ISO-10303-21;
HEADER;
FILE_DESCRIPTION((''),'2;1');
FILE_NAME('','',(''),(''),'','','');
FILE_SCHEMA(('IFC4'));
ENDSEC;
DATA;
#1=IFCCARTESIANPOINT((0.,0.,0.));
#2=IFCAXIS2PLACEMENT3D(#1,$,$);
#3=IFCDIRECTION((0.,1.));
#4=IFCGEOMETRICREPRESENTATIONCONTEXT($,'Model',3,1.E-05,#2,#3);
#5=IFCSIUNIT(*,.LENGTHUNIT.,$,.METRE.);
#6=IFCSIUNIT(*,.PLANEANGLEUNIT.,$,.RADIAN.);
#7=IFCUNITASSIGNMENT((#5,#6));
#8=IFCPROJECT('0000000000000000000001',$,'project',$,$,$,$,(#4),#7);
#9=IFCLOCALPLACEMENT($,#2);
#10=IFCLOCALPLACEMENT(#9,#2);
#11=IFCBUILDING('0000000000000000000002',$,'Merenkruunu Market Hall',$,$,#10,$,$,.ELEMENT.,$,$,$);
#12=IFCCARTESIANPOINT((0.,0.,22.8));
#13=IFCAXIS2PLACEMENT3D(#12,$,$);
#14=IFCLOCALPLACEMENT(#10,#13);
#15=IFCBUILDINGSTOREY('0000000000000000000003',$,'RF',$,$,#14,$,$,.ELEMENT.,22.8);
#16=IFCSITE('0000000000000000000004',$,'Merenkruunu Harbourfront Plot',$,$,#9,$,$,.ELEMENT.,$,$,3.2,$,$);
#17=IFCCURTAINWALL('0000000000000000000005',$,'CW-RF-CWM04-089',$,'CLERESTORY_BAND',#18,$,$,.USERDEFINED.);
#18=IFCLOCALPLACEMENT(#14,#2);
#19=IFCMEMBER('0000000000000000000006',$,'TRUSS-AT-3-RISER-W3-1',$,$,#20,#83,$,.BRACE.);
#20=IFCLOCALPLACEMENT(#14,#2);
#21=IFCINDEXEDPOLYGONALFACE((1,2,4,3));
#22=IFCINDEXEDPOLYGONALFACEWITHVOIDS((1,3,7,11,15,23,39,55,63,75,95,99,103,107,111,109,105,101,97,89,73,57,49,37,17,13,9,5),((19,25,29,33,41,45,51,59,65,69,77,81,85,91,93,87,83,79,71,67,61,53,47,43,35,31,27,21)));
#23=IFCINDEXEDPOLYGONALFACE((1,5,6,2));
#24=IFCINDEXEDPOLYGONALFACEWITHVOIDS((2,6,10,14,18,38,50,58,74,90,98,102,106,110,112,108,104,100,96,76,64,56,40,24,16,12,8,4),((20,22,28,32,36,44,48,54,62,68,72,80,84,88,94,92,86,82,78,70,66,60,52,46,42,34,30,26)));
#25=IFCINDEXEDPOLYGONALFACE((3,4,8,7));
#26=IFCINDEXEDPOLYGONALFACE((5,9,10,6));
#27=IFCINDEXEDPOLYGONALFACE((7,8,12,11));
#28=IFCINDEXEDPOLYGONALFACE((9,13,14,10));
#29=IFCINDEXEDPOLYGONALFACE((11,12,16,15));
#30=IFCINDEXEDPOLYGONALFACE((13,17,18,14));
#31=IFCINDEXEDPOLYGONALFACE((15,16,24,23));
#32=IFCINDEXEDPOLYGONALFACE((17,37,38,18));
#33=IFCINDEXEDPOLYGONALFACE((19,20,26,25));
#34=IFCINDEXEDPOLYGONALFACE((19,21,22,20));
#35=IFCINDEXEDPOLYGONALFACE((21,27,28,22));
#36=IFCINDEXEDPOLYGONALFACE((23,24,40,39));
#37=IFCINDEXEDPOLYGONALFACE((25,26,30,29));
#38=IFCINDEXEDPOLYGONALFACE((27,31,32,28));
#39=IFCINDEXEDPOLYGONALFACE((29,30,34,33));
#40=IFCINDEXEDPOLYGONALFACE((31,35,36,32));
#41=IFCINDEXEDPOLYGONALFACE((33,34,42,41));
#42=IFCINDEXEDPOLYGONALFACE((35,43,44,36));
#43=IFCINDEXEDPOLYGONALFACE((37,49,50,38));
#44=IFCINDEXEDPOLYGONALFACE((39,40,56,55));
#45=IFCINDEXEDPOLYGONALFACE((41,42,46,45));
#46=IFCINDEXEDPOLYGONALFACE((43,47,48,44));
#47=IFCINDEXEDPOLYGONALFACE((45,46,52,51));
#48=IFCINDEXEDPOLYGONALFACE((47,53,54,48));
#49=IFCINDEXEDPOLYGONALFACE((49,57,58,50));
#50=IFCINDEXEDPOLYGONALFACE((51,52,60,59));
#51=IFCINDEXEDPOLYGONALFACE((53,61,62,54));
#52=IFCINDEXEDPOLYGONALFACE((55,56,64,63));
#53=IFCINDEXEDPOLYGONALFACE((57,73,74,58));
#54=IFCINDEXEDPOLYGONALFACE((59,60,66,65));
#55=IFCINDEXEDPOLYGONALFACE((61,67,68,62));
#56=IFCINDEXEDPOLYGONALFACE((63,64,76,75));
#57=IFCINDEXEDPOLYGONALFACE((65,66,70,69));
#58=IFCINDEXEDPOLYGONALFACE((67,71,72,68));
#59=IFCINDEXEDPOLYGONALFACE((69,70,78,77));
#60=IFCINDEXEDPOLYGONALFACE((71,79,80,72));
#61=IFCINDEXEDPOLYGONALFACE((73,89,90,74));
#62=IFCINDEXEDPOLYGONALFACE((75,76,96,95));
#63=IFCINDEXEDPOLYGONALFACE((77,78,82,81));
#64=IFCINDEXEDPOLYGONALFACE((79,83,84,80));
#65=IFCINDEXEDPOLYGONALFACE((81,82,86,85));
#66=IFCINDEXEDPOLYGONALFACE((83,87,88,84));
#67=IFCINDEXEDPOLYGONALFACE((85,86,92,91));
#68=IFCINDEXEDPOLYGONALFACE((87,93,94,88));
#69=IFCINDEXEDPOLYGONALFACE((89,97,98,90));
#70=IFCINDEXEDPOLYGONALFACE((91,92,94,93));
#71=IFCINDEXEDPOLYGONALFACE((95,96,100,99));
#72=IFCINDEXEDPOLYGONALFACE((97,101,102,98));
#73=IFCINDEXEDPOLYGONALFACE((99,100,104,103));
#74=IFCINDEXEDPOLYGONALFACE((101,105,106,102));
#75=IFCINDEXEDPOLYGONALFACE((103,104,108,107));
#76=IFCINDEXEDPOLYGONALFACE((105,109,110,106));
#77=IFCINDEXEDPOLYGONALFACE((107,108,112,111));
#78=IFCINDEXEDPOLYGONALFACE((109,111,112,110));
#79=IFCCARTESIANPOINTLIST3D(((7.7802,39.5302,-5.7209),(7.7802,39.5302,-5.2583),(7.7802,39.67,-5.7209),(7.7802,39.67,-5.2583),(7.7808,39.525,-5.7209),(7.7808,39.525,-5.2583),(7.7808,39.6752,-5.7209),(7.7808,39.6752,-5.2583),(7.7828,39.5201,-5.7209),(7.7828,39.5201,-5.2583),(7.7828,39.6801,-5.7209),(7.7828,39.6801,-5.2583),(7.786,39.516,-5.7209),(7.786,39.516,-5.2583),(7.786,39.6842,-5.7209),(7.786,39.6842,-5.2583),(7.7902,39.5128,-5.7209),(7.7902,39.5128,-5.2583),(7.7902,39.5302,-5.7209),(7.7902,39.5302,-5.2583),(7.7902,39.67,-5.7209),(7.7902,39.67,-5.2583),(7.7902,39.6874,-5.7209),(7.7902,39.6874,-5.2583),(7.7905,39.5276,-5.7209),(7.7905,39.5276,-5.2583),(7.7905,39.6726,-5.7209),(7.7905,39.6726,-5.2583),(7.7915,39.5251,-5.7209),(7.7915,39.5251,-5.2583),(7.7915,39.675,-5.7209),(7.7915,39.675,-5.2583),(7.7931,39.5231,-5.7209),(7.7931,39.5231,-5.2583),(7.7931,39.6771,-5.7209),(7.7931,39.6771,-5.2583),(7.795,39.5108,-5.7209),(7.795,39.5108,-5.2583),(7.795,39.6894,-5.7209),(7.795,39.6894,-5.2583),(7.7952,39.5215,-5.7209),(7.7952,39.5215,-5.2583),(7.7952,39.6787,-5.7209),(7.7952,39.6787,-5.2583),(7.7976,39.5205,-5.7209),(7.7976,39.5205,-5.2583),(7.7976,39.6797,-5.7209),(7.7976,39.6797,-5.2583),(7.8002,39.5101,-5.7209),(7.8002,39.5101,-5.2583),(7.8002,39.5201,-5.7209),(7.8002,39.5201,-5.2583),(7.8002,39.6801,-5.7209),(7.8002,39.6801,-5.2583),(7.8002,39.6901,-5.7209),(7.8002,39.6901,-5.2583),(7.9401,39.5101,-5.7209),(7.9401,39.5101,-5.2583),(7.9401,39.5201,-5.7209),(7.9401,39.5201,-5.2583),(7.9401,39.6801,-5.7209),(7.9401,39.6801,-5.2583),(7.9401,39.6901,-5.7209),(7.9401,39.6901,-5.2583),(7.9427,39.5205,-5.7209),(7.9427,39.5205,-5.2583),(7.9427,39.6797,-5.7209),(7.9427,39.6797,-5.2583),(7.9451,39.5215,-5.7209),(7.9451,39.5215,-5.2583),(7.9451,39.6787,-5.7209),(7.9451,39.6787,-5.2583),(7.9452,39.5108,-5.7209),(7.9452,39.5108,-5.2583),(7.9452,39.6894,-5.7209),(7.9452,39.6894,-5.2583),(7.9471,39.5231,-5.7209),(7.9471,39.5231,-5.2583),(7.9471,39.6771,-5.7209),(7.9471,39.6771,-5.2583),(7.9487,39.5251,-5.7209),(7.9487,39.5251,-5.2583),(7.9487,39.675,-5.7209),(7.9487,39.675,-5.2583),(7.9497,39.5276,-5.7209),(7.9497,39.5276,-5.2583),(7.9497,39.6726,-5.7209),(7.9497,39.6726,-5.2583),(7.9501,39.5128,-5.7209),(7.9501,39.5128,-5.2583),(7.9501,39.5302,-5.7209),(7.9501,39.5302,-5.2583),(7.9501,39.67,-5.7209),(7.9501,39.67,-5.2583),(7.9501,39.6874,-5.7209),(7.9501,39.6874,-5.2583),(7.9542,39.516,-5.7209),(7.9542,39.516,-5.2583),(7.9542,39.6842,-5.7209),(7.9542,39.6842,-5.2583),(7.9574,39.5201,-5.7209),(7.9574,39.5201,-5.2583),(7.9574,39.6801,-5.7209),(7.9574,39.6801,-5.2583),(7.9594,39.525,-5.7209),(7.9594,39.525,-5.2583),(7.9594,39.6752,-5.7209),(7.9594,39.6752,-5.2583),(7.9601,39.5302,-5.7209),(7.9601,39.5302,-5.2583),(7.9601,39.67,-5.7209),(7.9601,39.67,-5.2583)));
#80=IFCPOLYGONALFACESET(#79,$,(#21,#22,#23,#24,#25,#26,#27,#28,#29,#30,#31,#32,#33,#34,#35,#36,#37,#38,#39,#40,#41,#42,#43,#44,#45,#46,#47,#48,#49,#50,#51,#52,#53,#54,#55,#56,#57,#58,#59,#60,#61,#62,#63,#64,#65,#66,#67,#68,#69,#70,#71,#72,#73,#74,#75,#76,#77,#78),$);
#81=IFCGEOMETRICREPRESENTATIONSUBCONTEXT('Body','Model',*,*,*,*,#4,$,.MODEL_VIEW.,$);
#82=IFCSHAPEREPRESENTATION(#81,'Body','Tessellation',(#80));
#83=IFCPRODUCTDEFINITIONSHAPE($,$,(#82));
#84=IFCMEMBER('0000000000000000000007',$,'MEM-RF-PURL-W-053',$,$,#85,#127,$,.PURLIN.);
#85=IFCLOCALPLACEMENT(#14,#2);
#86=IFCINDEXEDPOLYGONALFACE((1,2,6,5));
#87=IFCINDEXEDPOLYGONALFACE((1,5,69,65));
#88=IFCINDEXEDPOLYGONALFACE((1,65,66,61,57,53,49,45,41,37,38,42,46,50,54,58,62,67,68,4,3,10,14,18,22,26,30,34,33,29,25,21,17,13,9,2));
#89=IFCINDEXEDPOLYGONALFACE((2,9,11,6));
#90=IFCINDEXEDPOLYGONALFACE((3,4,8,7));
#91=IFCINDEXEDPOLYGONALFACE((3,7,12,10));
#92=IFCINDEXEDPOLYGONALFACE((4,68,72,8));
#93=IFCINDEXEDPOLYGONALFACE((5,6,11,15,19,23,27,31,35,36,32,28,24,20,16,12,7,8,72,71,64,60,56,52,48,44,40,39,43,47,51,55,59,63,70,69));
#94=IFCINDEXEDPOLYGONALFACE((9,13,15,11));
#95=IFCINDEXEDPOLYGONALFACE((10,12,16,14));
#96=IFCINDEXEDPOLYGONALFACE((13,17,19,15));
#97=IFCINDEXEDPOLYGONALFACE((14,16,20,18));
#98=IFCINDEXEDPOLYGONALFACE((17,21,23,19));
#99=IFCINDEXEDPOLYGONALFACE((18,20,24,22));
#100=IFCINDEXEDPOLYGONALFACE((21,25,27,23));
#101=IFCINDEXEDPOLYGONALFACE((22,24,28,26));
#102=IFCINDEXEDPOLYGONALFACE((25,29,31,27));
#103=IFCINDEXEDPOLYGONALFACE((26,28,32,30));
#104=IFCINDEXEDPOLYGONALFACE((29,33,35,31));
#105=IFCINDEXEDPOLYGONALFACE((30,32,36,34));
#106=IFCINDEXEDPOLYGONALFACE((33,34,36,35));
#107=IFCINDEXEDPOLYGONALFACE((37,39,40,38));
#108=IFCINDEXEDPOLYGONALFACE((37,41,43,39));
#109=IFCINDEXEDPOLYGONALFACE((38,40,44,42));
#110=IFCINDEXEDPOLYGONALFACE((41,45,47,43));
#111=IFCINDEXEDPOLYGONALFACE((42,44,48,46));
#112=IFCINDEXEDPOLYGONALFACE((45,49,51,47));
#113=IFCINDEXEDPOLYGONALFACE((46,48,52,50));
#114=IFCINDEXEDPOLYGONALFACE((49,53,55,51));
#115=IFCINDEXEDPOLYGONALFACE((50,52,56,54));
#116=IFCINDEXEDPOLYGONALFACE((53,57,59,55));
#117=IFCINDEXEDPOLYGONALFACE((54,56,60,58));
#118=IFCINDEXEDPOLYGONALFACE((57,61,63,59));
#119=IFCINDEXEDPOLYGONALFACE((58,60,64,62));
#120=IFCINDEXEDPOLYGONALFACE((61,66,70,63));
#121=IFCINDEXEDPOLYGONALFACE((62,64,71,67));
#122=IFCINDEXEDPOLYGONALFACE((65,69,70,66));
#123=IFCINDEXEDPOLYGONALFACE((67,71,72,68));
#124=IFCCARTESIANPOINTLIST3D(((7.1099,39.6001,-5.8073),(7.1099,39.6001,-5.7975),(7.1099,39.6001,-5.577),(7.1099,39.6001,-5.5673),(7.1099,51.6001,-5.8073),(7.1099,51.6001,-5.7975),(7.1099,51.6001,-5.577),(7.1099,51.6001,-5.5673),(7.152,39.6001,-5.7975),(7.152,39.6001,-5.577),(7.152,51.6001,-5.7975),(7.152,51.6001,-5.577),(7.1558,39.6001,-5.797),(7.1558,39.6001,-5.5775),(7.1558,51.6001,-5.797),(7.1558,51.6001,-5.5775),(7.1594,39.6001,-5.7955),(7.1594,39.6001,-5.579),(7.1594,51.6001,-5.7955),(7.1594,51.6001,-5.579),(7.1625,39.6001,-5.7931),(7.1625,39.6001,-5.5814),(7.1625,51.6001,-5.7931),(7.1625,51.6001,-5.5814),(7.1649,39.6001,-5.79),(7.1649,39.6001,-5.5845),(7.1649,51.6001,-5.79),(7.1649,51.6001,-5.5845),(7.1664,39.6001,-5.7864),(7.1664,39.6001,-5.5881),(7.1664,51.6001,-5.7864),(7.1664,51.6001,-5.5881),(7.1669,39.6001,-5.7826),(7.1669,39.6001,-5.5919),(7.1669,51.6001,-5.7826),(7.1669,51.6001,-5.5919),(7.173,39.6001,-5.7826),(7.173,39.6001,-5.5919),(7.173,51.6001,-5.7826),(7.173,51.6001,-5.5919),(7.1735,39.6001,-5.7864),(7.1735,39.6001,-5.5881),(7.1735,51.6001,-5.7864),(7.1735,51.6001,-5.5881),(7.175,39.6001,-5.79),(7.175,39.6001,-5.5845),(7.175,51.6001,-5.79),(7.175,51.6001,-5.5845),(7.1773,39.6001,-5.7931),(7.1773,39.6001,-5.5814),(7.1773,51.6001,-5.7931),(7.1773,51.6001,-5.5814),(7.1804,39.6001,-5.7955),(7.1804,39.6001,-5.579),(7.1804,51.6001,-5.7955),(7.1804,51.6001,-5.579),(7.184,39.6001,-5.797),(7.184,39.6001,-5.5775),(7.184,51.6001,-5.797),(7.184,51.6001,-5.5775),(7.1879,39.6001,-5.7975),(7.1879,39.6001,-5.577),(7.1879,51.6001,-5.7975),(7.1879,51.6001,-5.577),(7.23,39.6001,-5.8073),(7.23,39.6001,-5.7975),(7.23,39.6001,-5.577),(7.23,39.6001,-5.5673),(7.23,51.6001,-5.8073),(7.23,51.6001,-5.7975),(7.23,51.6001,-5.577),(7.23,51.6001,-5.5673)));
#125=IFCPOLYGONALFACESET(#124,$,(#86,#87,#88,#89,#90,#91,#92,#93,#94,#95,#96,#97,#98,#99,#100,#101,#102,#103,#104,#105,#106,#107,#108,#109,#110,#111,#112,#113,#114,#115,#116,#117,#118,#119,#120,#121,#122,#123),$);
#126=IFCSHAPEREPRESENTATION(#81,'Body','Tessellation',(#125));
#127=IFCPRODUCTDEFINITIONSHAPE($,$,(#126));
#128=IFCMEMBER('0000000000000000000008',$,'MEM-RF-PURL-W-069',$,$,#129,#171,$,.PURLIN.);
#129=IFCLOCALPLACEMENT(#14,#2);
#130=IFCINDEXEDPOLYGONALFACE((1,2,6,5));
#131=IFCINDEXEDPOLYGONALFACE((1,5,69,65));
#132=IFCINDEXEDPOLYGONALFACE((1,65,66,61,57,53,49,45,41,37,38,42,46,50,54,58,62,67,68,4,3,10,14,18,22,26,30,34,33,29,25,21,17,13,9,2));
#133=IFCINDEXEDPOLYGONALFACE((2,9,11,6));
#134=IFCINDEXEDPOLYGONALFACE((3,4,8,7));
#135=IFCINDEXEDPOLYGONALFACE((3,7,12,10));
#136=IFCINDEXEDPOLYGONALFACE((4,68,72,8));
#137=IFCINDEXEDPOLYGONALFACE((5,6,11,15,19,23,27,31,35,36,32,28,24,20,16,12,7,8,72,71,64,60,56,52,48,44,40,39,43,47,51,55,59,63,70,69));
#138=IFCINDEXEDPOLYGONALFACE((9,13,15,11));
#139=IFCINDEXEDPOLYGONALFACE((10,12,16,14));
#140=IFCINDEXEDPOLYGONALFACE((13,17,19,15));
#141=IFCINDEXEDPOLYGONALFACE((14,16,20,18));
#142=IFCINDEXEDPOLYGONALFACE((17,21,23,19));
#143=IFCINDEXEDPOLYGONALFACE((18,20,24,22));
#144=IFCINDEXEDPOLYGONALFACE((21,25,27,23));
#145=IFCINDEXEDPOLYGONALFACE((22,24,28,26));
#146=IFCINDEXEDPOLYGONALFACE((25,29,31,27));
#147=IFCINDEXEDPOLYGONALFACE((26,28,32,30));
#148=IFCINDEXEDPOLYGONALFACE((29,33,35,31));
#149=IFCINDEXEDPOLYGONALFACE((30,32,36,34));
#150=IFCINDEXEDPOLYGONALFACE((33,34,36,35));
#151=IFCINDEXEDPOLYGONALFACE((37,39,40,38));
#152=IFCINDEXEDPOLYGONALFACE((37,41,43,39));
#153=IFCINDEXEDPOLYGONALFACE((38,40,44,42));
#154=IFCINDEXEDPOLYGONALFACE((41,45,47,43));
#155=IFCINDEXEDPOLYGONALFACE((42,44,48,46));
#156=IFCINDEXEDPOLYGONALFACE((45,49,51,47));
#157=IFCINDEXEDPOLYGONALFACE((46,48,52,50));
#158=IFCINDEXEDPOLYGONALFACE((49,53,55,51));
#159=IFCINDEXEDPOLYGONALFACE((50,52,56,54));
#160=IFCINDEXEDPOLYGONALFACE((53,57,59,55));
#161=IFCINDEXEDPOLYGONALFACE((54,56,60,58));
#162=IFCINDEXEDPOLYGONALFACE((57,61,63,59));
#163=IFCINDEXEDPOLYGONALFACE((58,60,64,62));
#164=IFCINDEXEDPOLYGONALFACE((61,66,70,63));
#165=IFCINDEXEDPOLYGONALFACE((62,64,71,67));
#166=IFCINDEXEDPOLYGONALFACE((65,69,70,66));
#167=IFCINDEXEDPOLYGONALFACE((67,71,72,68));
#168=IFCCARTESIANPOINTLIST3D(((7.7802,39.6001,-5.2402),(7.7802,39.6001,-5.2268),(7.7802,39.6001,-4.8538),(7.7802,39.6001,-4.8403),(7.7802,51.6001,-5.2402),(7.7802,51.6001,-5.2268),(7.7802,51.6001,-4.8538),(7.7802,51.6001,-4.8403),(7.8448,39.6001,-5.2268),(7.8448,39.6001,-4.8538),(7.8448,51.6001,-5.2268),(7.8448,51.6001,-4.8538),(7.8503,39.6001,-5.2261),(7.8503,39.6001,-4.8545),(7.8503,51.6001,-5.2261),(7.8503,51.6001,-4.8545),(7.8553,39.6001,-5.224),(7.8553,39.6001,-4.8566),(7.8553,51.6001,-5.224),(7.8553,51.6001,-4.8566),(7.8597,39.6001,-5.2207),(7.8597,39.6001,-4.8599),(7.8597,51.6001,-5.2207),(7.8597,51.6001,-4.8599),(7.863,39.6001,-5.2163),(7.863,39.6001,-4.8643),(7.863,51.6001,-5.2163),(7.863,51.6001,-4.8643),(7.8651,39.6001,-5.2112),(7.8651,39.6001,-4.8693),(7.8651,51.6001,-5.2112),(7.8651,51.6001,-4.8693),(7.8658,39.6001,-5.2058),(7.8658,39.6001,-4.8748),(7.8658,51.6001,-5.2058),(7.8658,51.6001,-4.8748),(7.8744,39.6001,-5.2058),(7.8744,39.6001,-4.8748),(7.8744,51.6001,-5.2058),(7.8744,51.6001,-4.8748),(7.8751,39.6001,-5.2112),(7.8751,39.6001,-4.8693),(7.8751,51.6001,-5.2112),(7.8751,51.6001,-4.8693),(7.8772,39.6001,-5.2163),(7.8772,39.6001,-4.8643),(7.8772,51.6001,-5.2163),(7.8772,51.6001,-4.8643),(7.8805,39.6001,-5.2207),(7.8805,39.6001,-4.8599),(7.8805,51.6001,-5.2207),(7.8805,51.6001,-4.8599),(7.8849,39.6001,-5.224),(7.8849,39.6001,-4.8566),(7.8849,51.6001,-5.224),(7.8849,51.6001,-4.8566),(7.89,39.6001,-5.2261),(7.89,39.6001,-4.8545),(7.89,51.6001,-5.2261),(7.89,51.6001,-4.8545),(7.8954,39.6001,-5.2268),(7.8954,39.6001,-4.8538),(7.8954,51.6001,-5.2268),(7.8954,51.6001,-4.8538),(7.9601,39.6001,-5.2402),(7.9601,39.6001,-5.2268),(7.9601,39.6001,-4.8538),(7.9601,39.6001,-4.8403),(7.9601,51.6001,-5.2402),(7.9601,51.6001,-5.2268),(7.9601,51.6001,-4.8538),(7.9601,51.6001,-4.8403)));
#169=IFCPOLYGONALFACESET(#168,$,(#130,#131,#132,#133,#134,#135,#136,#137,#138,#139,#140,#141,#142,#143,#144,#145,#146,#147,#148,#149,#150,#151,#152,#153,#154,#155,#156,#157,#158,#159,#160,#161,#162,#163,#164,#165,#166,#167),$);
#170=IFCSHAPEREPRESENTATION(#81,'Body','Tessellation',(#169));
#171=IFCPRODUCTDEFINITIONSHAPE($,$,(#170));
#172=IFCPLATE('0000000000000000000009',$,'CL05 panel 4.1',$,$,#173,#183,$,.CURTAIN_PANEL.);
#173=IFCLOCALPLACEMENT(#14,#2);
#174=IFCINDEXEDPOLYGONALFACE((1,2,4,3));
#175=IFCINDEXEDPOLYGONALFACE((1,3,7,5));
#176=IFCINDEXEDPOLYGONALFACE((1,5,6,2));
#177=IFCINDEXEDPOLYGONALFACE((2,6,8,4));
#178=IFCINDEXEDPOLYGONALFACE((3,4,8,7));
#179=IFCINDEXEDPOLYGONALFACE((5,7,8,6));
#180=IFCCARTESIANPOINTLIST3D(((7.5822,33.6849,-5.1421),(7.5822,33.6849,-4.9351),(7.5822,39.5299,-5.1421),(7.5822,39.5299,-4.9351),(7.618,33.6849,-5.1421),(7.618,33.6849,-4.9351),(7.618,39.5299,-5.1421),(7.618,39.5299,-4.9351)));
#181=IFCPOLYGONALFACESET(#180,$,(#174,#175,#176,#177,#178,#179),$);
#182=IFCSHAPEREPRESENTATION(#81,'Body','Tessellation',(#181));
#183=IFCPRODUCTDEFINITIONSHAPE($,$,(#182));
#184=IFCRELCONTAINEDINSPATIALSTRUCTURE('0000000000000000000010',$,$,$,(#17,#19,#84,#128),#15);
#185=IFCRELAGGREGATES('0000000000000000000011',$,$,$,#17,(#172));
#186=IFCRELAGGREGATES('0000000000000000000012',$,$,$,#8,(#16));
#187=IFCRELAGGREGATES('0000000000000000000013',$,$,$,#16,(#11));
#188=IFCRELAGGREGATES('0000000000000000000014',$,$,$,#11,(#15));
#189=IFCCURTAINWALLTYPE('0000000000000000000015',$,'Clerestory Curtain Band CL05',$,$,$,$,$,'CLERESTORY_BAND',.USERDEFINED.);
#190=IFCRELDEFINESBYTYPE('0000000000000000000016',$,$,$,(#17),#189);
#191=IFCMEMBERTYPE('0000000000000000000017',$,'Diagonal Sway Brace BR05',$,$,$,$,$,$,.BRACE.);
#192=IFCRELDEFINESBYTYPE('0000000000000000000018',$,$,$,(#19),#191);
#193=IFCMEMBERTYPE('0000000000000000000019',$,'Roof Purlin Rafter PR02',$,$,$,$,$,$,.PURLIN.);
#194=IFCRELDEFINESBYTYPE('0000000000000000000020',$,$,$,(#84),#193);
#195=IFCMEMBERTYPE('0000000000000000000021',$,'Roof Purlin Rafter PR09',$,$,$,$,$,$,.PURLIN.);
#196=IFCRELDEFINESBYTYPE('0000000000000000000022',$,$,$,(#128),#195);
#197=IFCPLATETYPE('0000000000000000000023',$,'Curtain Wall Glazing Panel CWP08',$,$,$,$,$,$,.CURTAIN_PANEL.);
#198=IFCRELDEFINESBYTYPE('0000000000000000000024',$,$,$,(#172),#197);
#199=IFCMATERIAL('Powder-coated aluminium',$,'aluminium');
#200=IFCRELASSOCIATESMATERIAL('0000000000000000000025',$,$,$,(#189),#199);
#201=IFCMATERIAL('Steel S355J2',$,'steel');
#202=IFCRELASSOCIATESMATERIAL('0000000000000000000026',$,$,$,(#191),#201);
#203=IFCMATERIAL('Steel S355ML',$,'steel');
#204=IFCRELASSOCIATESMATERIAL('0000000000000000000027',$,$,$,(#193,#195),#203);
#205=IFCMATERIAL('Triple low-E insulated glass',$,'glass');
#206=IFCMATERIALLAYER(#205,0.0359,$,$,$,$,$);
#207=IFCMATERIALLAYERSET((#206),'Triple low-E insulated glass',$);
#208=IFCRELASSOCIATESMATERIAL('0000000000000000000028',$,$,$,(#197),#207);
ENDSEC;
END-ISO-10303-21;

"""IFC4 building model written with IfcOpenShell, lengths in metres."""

from ifc_helpers import new_model, si_unit, direction, frame, origin, origin_2d, place, context, subcontext, project, spatial, rectangle, hollow_rectangle, i_section, extrude, material, layer, layer_set, material_profile, profile_set, type_object, element, aggregate, save


model = new_model("IFC4")

# Units and contexts
model_context = context("Model", 3, precision=1e-05, world=origin(), true_north=direction((0.0, 1.0)))
body_context = subcontext(model_context, "Body", "Model", "MODEL_VIEW")
ifc_project = project(units=[si_unit("LENGTHUNIT", "METRE"), si_unit("PLANEANGLEUNIT", "RADIAN")], contexts=[model_context])

# Site, building, storey
site_placement = place(None, origin())
site = spatial("IfcSite", under=ifc_project, at=site_placement, Name="Merenkruunu Harbourfront Plot", CompositionType="ELEMENT", RefElevation=3.2)
building_placement = place(site_placement, origin())
building = spatial("IfcBuilding", under=site, at=building_placement, Name="Merenkruunu Market Hall", CompositionType="ELEMENT")
storey_placement = place(building_placement, frame((0.0, 0.0, 22.8)))
storey = spatial("IfcBuildingStorey", under=building, at=storey_placement, Name="RF", CompositionType="ELEMENT", Elevation=22.8)

# Shared definitions
ifc_material_1 = material(Name="Steel S355ML", Category="steel")

# Curtain wall
ifc_material_2 = material(Name="Powder-coated aluminium", Category="aluminium")
curtain_wall_type = type_object("IfcCurtainWallType", Name="Clerestory Curtain Band CL05", ElementType="CLERESTORY_BAND", PredefinedType="USERDEFINED", material=ifc_material_2)
curtain_wall_1_placement = place(storey_placement, origin())
curtain_wall_1 = element("IfcCurtainWall", 1, at=curtain_wall_1_placement, inside=storey, type_object=curtain_wall_type, Name="CW-RF-CWM04-089", ObjectType="CLERESTORY_BAND", PredefinedType="USERDEFINED")

# Members
ifc_material_3 = material(Name="Steel S355J2", Category="steel")
ifc_material_profile_1 = material_profile(ifc_material_3, hollow_rectangle(XDim=0.1799, YDim=0.1799, WallThickness=0.01, InnerFilletRadius=0.01, OuterFilletRadius=0.02, at=origin_2d()), Name="SHS 180x180x10")
ifc_profile_set_1 = profile_set([ifc_material_profile_1], Name="Steel S355J2")
member_type_1 = type_object("IfcMemberType", Name="Diagonal Sway Brace BR05", PredefinedType="BRACE", material=ifc_profile_set_1)
member_1_placement = place(storey_placement, frame((7.8701, 39.6001, -5.7209), z_axis=(0.0, 0.0, 1.0), x_axis=(1.0, 0.0, 0.0)))
element("IfcMember", 2, at=member_1_placement, inside=storey, type_object=member_type_1, Name="TRUSS-AT-3-RISER-W3-1", PredefinedType="BRACE", context=body_context, shape_type="SweptSolid", body=[
    extrude(hollow_rectangle(XDim=0.1799, YDim=0.1799, WallThickness=0.01, InnerFilletRadius=0.01, OuterFilletRadius=0.02, at=origin_2d()), origin(), (0.0, 0.0, 1.0), 0.4626),
])
ifc_material_profile_2 = material_profile(ifc_material_1, i_section(OverallWidth=0.1201, OverallDepth=0.24, WebThickness=0.0061, FlangeThickness=0.0098, FilletRadius=0.0149, at=origin_2d()), Name="IPE 240")
ifc_profile_set_2 = profile_set([ifc_material_profile_2], Name="Steel S355ML")
member_type_2 = type_object("IfcMemberType", Name="Roof Purlin Rafter PR02", PredefinedType="PURLIN", material=ifc_profile_set_2)
member_2_placement = place(storey_placement, frame((7.1699, 39.6001, -5.6873), z_axis=(0.0, 1.0, 0.0), x_axis=(-1.0, 0.0, 0.0)))
element("IfcMember", 3, at=member_2_placement, inside=storey, type_object=member_type_2, Name="MEM-RF-PURL-W-053", PredefinedType="PURLIN", context=body_context, shape_type="SweptSolid", body=[
    extrude(i_section(OverallWidth=0.1201, OverallDepth=0.24, WebThickness=0.0061, FlangeThickness=0.0098, FilletRadius=0.0149, at=origin_2d()), origin(), (0.0, 0.0, 1.0), 12.0),
])
ifc_material_profile_3 = material_profile(ifc_material_1, i_section(OverallWidth=0.1799, OverallDepth=0.3999, WebThickness=0.0085, FlangeThickness=0.0134, FilletRadius=0.021, at=origin_2d()), Name="IPE 400")
ifc_profile_set_3 = profile_set([ifc_material_profile_3], Name="Steel S355ML")
member_type_3 = type_object("IfcMemberType", Name="Roof Purlin Rafter PR09", PredefinedType="PURLIN", material=ifc_profile_set_3)
member_3_placement = place(storey_placement, frame((7.8701, 39.6001, -5.0403), z_axis=(0.0, 1.0, 0.0), x_axis=(-1.0, 0.0, 0.0)))
element("IfcMember", 4, at=member_3_placement, inside=storey, type_object=member_type_3, Name="MEM-RF-PURL-W-069", PredefinedType="PURLIN", context=body_context, shape_type="SweptSolid", body=[
    extrude(i_section(OverallWidth=0.1799, OverallDepth=0.3999, WebThickness=0.0085, FlangeThickness=0.0134, FilletRadius=0.021, at=origin_2d()), origin(), (0.0, 0.0, 1.0), 12.0),
])

# Plate
ifc_material_4 = material(Name="Triple low-E insulated glass", Category="glass")
ifc_layer_1 = layer(ifc_material_4, 0.0359)
ifc_layer_set_1 = layer_set([ifc_layer_1], Name="Triple low-E insulated glass")
plate_type_1 = type_object("IfcPlateType", Name="Curtain Wall Glazing Panel CWP08", PredefinedType="CURTAIN_PANEL", material=ifc_layer_set_1)
plate_1_placement = place(storey_placement, frame((7.6001, 36.6074, -5.1421), z_axis=(0.0, 0.0, 1.0), x_axis=(0.0, 1.0, 0.0)))
plate_1 = element("IfcPlate", 5, at=plate_1_placement, type_object=plate_type_1, Name="CL05 panel 4.1", PredefinedType="CURTAIN_PANEL", context=body_context, shape_type="SweptSolid", body=[
    extrude(rectangle(XDim=5.845, YDim=0.0359, at=origin_2d()), origin(), (0.0, 0.0, 1.0), 0.207),
])
aggregate(curtain_wall_1, [plate_1])

save(model, "model.ifc")
